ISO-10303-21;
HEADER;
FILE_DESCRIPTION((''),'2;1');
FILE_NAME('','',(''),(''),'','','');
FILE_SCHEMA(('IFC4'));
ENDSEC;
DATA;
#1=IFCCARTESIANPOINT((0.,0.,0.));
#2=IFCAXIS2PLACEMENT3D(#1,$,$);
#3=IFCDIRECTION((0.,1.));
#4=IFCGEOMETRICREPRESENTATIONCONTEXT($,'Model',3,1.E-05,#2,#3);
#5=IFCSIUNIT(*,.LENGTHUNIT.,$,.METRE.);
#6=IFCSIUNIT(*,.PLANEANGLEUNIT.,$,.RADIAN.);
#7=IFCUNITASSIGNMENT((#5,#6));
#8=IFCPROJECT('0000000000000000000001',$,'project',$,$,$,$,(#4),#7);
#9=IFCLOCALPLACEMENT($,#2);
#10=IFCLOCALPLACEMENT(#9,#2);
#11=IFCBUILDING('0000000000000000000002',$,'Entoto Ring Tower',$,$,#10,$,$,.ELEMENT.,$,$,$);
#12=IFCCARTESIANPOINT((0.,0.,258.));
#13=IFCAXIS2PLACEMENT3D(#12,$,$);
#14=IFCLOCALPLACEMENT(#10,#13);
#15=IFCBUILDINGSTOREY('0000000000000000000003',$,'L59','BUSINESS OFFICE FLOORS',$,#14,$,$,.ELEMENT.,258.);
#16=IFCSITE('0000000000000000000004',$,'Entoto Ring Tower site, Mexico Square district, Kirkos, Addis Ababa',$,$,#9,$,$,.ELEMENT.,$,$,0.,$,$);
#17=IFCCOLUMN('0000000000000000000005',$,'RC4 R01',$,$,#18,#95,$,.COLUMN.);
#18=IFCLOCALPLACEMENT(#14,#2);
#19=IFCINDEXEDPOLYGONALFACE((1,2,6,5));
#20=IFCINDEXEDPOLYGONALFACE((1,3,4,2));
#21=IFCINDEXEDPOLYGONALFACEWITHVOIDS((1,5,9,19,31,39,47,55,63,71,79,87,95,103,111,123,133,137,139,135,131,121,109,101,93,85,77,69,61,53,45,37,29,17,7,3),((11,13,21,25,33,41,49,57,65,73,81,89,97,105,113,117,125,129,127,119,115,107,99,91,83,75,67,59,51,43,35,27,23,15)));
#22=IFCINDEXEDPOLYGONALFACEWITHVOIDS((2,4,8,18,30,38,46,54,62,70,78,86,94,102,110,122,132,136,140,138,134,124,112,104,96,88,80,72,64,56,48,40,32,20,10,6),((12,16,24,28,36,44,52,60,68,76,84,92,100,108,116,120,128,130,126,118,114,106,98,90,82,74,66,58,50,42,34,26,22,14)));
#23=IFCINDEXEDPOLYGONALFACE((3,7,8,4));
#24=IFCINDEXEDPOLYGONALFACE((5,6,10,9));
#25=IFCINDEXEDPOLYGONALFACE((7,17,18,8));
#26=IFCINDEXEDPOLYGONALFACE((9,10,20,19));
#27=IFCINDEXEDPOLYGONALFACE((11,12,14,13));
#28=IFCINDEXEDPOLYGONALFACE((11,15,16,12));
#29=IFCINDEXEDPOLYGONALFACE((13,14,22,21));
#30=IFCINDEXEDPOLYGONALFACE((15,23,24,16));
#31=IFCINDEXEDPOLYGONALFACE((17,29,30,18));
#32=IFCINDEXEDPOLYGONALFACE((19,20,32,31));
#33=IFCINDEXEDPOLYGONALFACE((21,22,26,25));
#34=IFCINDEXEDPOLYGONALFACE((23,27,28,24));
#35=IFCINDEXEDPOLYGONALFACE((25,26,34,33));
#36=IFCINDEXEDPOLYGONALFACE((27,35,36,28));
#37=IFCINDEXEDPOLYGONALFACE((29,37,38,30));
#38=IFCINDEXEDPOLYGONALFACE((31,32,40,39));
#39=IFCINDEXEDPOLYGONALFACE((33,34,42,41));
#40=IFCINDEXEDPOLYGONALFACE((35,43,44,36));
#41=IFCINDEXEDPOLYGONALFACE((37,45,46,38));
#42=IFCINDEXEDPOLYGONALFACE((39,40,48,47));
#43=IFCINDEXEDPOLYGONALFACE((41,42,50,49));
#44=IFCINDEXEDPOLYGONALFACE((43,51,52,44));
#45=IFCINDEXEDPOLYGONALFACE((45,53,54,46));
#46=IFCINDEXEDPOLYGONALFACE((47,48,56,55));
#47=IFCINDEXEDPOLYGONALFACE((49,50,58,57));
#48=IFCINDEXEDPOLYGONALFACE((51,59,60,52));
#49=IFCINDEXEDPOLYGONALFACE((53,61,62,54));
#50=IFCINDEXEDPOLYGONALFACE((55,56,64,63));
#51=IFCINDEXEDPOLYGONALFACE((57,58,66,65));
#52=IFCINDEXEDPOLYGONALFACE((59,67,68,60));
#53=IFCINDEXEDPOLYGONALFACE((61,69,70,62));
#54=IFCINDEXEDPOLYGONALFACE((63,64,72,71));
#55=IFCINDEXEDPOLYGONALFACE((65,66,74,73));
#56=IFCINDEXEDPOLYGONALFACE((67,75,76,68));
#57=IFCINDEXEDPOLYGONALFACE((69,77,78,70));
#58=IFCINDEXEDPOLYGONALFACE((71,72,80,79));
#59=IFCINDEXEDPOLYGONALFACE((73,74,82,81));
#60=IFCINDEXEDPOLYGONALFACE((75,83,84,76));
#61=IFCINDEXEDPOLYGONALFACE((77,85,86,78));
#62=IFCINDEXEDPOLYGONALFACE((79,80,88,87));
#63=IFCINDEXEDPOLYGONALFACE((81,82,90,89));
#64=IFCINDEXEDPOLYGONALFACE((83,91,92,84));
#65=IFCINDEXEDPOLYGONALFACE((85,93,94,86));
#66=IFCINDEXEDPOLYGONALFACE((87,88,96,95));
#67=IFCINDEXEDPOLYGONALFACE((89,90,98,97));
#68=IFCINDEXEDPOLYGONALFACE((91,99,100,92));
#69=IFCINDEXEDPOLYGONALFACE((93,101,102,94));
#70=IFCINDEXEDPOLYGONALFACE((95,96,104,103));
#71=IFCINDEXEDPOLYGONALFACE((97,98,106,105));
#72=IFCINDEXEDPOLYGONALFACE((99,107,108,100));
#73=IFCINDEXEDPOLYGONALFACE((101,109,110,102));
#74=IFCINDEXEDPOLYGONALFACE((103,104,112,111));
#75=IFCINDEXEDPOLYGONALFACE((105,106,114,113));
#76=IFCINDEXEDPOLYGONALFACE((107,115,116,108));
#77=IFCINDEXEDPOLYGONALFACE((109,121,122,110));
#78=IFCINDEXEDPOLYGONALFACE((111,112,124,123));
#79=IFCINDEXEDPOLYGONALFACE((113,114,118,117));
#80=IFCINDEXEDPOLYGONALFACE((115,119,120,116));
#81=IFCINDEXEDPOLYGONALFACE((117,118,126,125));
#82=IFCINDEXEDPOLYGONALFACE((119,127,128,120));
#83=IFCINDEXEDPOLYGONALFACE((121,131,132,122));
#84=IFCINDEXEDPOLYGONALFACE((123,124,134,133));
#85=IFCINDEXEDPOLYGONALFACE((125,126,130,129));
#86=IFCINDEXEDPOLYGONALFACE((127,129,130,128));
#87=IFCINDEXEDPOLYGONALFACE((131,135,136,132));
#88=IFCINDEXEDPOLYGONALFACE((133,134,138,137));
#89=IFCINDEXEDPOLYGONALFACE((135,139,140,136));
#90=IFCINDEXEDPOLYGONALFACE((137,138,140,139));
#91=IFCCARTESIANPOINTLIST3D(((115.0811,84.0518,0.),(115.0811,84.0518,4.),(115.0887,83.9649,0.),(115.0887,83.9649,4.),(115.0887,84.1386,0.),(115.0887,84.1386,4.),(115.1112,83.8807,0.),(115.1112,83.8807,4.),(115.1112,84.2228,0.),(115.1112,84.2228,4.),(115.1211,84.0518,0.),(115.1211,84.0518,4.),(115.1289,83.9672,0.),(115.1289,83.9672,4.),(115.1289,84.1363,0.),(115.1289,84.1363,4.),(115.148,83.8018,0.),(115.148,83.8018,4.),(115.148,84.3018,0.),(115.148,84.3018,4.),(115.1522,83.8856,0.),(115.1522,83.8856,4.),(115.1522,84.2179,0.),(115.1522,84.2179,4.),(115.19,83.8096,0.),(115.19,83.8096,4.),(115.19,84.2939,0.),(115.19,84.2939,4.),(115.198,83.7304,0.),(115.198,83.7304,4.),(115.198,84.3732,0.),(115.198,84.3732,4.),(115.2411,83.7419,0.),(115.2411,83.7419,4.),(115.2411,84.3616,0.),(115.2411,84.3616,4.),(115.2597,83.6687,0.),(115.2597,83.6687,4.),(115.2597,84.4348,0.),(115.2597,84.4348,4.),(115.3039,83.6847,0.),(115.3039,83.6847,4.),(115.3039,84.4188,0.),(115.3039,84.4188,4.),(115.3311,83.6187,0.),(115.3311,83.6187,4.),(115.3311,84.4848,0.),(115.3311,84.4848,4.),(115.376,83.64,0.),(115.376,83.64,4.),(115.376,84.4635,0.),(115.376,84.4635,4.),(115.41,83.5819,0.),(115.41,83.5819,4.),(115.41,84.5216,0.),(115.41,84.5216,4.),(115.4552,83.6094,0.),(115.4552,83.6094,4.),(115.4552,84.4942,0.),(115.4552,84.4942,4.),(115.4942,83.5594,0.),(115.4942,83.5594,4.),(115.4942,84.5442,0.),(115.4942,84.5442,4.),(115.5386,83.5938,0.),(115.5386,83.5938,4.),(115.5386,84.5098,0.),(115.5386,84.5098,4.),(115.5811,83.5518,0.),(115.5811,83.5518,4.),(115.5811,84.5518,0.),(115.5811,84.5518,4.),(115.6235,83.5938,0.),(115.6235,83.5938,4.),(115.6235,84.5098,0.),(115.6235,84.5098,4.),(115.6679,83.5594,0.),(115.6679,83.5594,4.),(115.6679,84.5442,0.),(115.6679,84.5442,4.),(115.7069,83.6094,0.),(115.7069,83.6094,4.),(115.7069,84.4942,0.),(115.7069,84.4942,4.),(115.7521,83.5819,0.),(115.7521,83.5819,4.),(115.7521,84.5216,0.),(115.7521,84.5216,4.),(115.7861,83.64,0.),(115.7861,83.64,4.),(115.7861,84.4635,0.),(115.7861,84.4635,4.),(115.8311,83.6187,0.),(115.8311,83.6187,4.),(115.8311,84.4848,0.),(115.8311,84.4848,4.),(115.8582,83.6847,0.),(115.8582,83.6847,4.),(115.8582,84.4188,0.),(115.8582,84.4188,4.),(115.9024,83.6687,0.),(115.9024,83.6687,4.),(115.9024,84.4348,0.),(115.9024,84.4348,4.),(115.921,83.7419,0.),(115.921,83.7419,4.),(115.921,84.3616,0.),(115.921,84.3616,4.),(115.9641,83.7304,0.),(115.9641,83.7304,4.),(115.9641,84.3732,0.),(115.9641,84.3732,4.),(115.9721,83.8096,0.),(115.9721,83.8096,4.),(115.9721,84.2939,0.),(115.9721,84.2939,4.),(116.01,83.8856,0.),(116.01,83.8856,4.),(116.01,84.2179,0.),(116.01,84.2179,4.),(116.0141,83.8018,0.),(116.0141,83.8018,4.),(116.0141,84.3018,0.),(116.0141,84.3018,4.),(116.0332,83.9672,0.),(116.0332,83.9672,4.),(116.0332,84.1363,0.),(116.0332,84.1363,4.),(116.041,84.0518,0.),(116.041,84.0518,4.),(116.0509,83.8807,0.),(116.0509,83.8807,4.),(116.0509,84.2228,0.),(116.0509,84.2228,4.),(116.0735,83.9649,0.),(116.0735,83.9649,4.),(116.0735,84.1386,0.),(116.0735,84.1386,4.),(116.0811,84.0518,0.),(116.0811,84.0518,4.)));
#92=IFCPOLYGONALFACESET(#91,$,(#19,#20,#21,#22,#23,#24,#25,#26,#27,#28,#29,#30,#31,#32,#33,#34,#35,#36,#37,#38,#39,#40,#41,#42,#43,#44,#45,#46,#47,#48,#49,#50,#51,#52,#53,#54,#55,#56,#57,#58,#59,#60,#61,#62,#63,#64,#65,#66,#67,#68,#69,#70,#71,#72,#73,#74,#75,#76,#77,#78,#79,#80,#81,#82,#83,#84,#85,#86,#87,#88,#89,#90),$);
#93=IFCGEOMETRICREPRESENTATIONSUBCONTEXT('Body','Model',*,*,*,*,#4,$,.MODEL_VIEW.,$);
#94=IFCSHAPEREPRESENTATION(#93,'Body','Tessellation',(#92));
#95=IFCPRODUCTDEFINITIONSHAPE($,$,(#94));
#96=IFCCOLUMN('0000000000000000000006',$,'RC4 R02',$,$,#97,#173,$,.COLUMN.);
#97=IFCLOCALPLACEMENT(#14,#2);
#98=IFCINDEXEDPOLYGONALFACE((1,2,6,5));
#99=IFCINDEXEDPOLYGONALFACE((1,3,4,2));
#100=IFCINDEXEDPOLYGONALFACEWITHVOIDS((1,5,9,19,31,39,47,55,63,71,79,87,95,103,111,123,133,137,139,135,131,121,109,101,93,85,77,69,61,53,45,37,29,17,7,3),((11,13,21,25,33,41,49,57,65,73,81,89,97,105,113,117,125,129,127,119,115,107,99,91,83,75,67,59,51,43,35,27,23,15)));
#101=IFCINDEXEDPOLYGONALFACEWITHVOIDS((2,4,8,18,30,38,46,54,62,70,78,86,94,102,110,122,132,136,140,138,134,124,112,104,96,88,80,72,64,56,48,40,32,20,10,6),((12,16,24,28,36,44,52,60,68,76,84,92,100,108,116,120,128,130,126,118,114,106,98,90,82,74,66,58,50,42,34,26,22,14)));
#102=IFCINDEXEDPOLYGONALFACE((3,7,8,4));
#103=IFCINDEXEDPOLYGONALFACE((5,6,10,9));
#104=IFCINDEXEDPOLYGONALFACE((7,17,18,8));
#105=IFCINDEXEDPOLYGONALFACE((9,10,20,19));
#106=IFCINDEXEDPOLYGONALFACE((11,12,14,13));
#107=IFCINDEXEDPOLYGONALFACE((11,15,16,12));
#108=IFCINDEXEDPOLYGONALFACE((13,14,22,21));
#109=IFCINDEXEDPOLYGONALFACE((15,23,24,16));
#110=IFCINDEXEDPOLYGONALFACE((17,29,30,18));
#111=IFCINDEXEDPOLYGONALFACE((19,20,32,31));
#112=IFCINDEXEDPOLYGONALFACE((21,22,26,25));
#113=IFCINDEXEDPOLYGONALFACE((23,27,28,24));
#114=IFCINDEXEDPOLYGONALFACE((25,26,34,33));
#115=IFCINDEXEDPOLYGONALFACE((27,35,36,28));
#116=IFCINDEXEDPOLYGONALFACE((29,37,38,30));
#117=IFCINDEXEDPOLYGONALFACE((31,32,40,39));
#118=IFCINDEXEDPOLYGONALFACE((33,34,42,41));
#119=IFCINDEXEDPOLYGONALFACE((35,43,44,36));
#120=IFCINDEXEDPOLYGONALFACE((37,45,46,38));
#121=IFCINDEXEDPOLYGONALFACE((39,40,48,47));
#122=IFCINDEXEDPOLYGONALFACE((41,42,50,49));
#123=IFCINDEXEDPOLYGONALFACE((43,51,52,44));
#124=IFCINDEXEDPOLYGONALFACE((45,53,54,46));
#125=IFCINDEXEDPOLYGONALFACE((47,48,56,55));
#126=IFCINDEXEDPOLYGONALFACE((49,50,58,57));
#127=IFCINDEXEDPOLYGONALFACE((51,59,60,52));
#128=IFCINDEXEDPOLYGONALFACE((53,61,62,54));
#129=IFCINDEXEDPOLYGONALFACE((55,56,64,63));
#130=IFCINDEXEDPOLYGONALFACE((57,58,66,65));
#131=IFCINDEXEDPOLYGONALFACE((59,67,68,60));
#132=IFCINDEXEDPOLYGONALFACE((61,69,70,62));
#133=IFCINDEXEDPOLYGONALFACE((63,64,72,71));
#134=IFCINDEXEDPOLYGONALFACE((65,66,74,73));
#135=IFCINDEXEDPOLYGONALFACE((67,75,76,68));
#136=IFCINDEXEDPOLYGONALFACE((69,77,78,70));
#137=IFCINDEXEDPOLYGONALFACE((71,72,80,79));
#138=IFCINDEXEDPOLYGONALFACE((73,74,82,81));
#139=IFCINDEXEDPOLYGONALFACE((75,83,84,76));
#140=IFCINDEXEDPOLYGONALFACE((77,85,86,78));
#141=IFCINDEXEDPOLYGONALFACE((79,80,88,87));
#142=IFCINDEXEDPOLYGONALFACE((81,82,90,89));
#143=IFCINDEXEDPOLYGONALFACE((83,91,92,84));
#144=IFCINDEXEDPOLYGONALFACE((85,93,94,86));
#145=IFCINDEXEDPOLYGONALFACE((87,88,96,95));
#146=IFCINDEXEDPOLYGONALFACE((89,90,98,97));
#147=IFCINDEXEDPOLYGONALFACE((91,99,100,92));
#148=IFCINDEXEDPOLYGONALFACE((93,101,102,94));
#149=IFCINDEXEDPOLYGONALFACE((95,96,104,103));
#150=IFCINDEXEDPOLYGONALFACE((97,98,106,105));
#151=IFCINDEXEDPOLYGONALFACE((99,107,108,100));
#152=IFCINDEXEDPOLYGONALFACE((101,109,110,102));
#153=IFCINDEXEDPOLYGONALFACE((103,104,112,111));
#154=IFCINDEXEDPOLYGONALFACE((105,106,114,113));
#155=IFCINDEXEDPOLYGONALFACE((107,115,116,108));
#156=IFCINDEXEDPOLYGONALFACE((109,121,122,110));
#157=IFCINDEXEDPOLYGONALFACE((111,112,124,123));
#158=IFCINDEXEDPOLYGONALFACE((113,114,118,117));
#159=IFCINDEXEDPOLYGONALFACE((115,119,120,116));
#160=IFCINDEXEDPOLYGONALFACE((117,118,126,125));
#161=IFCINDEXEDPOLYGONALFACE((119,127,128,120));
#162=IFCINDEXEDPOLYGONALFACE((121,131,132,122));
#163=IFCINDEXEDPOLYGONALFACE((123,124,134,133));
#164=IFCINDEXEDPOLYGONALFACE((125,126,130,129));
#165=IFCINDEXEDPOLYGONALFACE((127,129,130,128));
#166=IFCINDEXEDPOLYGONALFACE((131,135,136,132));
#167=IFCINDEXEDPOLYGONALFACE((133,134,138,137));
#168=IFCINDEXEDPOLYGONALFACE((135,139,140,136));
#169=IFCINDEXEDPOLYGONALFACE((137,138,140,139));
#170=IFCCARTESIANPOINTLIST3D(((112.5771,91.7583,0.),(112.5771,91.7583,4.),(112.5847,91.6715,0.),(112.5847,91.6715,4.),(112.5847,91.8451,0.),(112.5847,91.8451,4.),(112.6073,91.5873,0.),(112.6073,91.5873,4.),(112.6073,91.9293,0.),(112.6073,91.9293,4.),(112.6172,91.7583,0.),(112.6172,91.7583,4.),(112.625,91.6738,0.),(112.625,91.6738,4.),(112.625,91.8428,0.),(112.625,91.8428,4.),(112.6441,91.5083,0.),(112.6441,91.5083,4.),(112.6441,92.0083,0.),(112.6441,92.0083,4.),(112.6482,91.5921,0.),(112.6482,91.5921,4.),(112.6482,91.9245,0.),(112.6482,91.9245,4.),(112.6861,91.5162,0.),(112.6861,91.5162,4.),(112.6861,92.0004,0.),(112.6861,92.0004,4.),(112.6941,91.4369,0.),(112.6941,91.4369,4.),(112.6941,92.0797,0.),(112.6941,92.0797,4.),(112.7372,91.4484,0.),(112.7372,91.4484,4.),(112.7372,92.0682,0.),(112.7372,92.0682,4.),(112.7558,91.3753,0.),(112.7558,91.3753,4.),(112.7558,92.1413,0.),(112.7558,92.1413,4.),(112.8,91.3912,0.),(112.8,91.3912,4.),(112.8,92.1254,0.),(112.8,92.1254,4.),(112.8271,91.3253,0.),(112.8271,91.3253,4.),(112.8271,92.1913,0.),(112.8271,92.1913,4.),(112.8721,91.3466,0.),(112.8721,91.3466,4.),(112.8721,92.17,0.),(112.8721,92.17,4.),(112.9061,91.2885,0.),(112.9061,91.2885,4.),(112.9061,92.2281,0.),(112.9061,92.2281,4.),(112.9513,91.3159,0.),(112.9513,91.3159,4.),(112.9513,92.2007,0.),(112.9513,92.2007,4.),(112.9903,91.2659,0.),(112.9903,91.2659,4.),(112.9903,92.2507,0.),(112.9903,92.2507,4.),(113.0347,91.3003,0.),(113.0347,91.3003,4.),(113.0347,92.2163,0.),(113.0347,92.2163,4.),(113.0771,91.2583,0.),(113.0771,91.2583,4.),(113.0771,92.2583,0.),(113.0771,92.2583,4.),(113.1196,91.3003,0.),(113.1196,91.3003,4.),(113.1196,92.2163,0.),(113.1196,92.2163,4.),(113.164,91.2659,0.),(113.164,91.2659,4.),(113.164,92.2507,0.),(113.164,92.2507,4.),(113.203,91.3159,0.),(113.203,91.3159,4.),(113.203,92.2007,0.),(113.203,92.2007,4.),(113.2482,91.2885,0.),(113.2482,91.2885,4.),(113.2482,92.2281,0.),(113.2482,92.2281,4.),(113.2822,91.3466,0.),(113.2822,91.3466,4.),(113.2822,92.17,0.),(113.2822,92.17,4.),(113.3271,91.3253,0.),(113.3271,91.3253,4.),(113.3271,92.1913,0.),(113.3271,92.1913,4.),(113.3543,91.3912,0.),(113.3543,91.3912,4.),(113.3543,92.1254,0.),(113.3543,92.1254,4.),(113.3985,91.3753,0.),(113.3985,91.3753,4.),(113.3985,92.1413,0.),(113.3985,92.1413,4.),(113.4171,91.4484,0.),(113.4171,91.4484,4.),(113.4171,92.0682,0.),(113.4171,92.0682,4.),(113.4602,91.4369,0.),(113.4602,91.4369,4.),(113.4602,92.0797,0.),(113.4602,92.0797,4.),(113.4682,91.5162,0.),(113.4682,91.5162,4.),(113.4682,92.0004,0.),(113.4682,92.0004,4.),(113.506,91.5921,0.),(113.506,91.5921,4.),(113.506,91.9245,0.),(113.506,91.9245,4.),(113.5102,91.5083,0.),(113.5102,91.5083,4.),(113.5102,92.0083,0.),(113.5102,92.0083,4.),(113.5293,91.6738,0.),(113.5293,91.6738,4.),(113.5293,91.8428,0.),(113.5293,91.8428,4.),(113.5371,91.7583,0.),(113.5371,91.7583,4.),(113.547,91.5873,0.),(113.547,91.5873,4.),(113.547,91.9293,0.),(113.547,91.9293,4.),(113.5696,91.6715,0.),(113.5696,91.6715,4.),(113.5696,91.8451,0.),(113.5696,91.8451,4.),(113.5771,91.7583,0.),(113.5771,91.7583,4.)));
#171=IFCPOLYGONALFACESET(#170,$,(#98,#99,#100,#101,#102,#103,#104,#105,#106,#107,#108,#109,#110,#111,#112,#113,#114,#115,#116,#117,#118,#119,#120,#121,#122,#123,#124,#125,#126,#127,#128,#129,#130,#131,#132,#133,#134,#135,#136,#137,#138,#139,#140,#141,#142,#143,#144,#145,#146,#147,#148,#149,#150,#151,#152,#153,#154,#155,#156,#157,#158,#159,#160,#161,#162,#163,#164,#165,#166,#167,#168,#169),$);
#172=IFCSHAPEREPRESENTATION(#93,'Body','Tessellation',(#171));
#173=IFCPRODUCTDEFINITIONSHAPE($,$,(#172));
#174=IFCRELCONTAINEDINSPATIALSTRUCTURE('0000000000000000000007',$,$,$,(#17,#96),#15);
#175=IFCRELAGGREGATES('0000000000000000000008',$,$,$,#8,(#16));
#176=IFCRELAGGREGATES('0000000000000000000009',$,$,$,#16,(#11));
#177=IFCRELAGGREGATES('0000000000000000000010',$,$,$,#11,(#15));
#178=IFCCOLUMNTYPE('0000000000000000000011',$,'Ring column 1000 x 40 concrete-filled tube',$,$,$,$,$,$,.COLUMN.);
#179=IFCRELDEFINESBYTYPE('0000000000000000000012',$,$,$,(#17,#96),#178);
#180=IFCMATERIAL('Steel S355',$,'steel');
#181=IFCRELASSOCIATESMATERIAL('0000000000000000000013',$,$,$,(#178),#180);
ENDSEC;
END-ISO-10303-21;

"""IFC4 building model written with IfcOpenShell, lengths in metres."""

from ifc_helpers import new_model, si_unit, direction, frame, origin, origin_2d, place, context, subcontext, project, spatial, circle, hollow_circle, extrude, material, material_profile, profile_set, type_object, element, save


model = new_model("IFC4")

# Units and contexts
model_context = context("Model", 3, precision=1e-05, world=origin(), true_north=direction((0.0, 1.0)))
body_context = subcontext(model_context, "Body", "Model", "MODEL_VIEW")
ifc_project = project(units=[si_unit("LENGTHUNIT", "METRE"), si_unit("PLANEANGLEUNIT", "RADIAN")], contexts=[model_context])

# Site, building, storey
site_placement = place(None, origin())
site = spatial("IfcSite", under=ifc_project, at=site_placement, Name="Entoto Ring Tower site, Mexico Square district, Kirkos, Addis Ababa", CompositionType="ELEMENT", RefElevation=0.0)
building_placement = place(site_placement, origin())
building = spatial("IfcBuilding", under=site, at=building_placement, Name="Entoto Ring Tower", CompositionType="ELEMENT")
storey_placement = place(building_placement, frame((0.0, 0.0, 258.0)))
storey = spatial("IfcBuildingStorey", under=building, at=storey_placement, Name="L59", Description="BUSINESS OFFICE FLOORS", CompositionType="ELEMENT", Elevation=258.0)

# Columns
ifc_material_1 = material(Name="Steel S355", Category="steel")
ifc_material_profile_1 = material_profile(ifc_material_1, hollow_circle(Radius=0.5, WallThickness=0.04, at=origin_2d()), Name="CHS 1000 x 40")
ifc_material_2 = material(Name="Concrete C60/75", Category="concrete")
ifc_material_profile_2 = material_profile(ifc_material_2, circle(Radius=0.46, at=origin_2d()), Name="Concrete C60/75 infill")
ifc_profile_set_1 = profile_set([ifc_material_profile_1, ifc_material_profile_2], Name="Steel S355")
column_type = type_object("IfcColumnType", Name="Ring column 1000 x 40 concrete-filled tube", PredefinedType="COLUMN", material=ifc_profile_set_1)
for number, where, z_axis, x_axis, name in (
    (1, (115.5811, 84.0518, 0.0), (0.0, 0.0, 1.0), (1.0, 0.0, 0.0), "RC4 R01"),
    (2, (113.0771, 91.7583, 0.0), (0.0, 0.0, 1.0), (1.0, 0.0, 0.0), "RC4 R02"),
):
    element("IfcColumn", number, at=place(storey_placement, frame(where, z_axis=z_axis, x_axis=x_axis)), inside=storey, type_object=column_type, Name=name, PredefinedType="COLUMN", context=body_context, shape_type="SweptSolid", body=[
        extrude(hollow_circle(Radius=0.5, WallThickness=0.04, at=origin_2d()), origin(), (0.0, 0.0, 1.0), 4.0),
    ])

save(model, "model.ifc")
